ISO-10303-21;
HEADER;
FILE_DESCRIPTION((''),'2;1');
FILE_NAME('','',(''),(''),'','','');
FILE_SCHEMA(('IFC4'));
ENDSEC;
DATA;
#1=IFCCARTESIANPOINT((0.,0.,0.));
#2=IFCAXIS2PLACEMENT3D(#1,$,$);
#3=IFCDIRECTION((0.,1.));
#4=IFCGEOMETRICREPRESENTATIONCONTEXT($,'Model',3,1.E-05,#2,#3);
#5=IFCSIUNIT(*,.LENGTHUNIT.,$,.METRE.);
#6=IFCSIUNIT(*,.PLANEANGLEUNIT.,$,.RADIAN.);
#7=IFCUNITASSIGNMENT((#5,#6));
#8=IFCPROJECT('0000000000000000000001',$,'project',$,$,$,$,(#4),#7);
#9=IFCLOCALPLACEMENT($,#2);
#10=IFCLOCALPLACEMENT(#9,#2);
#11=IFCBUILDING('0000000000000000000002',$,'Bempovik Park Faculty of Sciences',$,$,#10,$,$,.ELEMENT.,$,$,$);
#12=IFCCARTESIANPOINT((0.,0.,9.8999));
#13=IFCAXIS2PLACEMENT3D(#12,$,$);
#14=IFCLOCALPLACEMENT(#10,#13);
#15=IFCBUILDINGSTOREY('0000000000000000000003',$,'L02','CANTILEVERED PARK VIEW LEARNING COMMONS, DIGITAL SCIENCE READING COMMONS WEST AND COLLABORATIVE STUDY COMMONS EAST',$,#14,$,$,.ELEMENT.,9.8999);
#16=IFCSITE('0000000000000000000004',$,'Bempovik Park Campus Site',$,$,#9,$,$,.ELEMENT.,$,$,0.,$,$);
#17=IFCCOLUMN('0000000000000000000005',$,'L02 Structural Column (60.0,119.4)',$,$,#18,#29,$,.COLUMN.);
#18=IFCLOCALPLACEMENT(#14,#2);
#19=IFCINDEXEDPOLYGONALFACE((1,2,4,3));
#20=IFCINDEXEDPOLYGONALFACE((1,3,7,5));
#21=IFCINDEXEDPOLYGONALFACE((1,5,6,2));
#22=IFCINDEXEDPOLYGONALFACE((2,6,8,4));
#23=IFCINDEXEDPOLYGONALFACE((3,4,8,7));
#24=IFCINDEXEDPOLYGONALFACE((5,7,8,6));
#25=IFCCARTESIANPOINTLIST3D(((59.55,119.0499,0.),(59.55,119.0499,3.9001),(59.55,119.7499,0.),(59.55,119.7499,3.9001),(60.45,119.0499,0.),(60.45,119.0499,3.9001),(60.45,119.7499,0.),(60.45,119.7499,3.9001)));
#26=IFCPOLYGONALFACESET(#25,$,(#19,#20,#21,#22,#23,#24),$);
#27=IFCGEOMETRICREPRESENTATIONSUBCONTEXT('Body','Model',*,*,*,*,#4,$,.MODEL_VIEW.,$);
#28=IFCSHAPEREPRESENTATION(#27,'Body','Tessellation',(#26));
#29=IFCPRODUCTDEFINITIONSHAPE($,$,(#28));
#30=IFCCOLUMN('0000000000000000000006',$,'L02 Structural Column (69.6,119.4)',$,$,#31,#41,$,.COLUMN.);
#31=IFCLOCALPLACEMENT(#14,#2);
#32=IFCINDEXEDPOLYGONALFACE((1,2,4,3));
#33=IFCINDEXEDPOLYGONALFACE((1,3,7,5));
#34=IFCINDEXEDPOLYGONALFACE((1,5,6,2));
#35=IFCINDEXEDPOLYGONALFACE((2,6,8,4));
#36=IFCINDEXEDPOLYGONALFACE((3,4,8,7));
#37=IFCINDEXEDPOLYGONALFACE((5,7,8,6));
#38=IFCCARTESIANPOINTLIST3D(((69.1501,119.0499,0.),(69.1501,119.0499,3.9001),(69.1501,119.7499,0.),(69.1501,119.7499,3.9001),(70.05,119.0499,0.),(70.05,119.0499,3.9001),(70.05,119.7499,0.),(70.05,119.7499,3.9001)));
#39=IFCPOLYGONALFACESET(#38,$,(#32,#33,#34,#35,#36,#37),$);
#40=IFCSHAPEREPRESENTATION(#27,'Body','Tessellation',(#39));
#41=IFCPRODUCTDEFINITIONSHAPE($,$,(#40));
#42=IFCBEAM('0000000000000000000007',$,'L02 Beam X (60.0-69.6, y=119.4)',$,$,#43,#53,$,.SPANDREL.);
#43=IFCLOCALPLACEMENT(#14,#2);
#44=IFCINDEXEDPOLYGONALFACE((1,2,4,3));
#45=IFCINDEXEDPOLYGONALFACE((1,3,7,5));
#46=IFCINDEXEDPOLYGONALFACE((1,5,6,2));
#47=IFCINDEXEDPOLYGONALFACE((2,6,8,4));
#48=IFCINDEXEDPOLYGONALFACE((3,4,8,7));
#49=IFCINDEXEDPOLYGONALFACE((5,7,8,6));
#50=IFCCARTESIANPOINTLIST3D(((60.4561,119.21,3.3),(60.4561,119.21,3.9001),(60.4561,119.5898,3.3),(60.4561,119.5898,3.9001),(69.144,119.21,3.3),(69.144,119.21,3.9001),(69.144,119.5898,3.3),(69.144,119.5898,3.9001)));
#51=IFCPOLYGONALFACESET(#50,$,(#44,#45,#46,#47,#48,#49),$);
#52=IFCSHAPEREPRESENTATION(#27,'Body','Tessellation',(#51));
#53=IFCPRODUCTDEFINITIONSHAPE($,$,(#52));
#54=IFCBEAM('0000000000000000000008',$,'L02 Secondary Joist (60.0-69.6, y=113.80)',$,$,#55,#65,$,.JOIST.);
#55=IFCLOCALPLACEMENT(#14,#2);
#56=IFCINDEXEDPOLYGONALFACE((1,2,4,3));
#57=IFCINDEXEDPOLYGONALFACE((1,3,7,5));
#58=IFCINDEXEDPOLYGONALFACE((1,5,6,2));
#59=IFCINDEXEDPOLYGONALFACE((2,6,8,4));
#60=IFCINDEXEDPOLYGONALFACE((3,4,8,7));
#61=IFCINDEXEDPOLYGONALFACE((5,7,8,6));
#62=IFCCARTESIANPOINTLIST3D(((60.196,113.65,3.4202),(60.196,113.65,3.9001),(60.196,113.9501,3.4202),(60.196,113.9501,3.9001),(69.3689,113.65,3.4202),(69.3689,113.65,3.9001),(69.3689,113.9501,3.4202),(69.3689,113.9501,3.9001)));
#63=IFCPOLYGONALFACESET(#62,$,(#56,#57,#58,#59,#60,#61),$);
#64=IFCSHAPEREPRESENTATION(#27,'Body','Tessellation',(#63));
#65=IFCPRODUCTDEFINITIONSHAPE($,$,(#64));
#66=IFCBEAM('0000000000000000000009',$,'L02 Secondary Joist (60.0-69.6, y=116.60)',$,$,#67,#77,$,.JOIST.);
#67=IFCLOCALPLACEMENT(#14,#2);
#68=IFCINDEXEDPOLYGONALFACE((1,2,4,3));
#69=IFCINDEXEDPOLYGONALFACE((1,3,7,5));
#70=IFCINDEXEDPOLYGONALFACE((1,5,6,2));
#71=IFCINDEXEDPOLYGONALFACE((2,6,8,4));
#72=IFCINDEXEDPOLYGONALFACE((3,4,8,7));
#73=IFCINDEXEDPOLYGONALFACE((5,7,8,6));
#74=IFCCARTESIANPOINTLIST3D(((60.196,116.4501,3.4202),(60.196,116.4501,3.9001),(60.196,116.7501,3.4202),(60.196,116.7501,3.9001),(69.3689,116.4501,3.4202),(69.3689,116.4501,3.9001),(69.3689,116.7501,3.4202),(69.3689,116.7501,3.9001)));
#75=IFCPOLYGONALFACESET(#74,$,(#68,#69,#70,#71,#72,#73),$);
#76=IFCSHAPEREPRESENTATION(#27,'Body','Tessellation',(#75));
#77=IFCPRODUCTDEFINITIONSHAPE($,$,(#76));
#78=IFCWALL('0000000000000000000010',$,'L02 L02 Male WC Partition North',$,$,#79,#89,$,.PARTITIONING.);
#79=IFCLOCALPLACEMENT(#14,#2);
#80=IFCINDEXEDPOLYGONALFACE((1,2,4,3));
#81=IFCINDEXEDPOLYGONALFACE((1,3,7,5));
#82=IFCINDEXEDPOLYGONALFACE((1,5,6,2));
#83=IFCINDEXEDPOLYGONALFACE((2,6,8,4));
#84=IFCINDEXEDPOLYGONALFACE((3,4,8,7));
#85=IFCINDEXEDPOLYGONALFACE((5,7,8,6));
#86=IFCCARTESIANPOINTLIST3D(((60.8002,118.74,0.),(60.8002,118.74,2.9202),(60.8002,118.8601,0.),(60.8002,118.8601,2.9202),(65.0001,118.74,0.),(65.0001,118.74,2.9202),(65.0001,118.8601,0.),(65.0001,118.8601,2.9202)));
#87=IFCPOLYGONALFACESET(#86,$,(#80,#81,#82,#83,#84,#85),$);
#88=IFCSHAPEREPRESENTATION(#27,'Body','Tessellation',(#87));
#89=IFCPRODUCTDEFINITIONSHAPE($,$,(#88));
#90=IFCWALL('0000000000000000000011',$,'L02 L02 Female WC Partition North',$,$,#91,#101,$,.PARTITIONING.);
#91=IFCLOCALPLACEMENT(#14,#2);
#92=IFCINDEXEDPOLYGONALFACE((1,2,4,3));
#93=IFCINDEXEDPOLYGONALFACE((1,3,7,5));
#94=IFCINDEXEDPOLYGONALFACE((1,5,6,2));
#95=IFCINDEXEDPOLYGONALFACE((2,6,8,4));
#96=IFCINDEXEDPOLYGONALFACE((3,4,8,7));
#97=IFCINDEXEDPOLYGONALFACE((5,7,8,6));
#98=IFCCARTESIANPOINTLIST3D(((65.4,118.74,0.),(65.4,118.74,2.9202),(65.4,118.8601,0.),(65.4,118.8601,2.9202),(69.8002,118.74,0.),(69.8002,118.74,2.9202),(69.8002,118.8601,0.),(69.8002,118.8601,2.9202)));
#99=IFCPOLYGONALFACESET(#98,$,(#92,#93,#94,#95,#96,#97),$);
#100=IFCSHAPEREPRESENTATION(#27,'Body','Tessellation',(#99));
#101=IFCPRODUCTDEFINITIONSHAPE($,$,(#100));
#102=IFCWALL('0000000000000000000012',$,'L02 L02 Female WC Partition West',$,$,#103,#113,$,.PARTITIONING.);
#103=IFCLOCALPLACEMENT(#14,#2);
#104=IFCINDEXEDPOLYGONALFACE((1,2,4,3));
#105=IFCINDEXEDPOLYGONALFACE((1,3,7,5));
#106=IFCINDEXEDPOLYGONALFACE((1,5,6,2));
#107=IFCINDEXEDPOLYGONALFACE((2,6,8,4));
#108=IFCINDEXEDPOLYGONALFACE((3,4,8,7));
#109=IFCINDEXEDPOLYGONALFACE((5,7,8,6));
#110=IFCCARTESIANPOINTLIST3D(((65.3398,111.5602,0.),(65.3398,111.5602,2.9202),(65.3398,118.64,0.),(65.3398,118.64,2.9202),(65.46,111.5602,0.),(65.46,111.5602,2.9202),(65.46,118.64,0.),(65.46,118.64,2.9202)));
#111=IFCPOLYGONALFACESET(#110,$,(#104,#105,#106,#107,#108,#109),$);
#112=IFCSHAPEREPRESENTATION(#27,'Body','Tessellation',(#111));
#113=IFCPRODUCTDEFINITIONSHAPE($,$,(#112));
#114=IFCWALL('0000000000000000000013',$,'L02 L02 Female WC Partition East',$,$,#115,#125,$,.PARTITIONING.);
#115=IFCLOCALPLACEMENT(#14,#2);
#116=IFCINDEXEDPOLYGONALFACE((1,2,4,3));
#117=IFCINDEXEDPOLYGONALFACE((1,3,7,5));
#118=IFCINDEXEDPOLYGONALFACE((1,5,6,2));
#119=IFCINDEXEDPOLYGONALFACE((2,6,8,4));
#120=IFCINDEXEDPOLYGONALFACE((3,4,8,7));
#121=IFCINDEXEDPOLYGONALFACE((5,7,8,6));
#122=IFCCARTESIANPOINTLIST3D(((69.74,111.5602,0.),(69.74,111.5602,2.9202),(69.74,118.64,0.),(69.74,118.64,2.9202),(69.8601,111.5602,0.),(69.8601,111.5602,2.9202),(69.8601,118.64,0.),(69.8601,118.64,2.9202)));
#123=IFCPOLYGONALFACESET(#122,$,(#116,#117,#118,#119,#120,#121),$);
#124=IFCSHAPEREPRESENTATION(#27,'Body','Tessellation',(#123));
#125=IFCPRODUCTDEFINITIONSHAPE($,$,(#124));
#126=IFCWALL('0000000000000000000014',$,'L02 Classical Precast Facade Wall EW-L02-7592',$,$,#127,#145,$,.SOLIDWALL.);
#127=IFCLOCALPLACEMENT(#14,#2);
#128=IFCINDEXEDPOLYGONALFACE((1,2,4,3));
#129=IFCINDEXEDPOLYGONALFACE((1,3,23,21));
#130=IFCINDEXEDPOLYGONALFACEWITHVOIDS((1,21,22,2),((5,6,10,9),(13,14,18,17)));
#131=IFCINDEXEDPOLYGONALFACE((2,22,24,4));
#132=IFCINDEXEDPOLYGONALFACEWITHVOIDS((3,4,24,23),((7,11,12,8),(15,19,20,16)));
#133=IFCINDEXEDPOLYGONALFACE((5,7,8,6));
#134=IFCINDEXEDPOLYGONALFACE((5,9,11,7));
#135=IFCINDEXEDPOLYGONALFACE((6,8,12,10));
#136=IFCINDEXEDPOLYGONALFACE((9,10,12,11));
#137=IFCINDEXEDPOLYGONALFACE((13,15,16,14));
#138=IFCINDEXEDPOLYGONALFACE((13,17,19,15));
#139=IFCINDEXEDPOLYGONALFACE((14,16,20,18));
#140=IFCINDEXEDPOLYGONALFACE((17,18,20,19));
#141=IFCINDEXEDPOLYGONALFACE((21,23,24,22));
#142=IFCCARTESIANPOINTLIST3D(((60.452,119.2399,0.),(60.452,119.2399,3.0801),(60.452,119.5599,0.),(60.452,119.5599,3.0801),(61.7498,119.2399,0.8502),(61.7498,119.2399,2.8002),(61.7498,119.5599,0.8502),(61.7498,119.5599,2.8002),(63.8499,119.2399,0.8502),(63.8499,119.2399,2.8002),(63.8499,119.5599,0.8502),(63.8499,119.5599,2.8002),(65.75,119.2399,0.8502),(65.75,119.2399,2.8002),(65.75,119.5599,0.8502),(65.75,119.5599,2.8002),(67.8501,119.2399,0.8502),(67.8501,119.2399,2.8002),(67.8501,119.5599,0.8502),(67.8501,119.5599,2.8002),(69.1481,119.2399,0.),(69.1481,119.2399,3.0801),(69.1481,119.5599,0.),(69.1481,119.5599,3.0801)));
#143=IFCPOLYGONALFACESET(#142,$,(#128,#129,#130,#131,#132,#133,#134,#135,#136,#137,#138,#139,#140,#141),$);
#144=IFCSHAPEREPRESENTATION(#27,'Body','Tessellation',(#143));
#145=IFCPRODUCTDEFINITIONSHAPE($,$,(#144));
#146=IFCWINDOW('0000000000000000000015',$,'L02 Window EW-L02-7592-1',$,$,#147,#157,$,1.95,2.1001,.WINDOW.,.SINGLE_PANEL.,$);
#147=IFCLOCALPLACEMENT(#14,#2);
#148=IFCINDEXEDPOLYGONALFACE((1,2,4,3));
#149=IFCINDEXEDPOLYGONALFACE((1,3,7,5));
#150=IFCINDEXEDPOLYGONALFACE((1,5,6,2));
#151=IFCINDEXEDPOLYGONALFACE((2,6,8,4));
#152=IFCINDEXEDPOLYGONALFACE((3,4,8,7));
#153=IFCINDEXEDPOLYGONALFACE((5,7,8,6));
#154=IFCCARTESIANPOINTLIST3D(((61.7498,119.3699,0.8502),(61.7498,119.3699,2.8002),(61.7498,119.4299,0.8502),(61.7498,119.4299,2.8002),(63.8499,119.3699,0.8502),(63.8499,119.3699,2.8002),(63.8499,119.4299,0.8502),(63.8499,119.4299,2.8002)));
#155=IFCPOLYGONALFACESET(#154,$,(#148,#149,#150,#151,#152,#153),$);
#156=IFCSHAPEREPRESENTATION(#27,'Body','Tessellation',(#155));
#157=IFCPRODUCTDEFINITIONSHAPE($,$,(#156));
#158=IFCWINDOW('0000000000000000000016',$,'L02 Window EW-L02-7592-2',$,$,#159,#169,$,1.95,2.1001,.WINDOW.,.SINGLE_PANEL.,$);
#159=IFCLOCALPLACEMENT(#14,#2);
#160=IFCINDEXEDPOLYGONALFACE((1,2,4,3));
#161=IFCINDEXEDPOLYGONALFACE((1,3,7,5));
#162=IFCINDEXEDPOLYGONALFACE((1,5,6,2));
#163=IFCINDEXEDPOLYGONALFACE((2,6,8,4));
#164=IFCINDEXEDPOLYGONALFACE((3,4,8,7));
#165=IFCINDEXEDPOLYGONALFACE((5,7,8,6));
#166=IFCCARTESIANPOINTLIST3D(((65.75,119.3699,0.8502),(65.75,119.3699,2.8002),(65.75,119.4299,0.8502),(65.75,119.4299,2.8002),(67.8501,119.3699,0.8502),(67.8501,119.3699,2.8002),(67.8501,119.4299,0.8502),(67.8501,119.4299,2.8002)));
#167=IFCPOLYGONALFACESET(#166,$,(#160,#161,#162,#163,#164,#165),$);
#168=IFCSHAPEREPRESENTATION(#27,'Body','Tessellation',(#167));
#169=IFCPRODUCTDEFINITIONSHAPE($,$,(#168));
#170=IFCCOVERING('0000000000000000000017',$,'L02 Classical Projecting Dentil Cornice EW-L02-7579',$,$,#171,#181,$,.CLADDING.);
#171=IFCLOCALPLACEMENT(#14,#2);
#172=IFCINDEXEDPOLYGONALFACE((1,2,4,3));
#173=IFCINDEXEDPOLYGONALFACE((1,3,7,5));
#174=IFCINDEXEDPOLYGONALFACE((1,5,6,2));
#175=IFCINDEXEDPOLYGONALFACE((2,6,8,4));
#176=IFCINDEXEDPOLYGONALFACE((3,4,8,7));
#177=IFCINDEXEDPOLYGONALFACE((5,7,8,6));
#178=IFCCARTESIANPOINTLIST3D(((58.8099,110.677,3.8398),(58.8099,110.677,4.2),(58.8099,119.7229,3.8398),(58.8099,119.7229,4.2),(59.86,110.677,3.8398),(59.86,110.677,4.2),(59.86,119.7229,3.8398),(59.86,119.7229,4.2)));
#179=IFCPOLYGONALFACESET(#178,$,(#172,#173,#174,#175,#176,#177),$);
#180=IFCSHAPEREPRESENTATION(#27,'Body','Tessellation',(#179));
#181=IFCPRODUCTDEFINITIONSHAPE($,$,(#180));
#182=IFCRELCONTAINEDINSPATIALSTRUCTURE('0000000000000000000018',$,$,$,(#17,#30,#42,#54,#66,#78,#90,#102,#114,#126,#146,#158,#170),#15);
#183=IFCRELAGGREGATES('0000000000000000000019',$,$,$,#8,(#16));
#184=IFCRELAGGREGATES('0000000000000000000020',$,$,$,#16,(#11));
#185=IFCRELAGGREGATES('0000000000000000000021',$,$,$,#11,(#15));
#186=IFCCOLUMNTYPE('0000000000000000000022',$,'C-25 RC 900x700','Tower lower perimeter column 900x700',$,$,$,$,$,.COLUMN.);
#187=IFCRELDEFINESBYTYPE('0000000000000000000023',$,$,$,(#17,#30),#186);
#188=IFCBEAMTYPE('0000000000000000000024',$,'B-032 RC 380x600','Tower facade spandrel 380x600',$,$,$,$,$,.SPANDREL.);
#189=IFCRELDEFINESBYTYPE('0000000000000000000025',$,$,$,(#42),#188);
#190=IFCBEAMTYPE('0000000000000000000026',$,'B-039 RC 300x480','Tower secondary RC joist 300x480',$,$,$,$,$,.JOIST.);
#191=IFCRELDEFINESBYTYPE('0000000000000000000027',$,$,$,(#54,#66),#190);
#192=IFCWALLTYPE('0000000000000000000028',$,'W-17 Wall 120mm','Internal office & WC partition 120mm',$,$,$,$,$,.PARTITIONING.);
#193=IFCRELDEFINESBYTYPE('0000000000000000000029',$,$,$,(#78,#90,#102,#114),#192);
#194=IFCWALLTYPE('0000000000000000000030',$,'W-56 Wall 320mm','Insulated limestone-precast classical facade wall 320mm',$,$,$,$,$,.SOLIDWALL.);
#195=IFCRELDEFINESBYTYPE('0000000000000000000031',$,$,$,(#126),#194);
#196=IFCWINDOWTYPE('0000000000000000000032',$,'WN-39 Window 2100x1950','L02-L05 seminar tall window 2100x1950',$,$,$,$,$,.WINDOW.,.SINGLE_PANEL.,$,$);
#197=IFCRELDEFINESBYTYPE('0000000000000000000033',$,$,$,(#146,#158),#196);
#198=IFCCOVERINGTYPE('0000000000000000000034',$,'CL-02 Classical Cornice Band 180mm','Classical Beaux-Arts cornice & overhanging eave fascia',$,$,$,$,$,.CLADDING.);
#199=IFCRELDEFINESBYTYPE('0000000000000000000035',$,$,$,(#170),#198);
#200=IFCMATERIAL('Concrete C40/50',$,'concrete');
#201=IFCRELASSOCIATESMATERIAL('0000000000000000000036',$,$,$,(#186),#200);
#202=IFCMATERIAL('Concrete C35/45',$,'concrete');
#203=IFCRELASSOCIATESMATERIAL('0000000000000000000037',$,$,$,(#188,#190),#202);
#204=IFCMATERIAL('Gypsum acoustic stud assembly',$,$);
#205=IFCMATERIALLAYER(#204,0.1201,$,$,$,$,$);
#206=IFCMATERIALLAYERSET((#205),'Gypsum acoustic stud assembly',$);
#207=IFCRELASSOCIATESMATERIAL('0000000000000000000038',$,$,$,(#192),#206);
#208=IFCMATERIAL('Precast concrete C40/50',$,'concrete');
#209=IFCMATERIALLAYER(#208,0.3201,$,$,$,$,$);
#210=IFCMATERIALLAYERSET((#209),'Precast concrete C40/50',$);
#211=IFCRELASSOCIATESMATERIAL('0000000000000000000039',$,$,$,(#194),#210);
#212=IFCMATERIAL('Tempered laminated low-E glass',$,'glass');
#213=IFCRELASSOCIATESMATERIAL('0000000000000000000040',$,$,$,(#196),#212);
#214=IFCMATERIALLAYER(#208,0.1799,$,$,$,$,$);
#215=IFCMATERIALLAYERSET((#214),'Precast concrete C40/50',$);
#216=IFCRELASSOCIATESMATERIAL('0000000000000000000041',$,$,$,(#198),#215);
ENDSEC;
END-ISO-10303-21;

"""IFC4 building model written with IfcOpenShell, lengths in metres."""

from ifc_helpers import new_model, si_unit, direction, frame, frame_2d, origin, origin_2d, place, context, subcontext, project, spatial, rectangle, extrude, material, layer, layer_set, material_profile, profile_set, type_object, element, fill, save


model = new_model("IFC4")

# Units and contexts
model_context = context("Model", 3, precision=1e-05, world=origin(), true_north=direction((0.0, 1.0)))
body_context = subcontext(model_context, "Body", "Model", "MODEL_VIEW")
ifc_project = project(units=[si_unit("LENGTHUNIT", "METRE"), si_unit("PLANEANGLEUNIT", "RADIAN")], contexts=[model_context])

# Site, building, storey
site_placement = place(None, origin())
site = spatial("IfcSite", under=ifc_project, at=site_placement, Name="Bempovik Park Campus Site", CompositionType="ELEMENT", RefElevation=0.0)
building_placement = place(site_placement, origin())
building = spatial("IfcBuilding", under=site, at=building_placement, Name="Bempovik Park Faculty of Sciences", CompositionType="ELEMENT")
storey_placement = place(building_placement, frame((0.0, 0.0, 9.8999)))
storey = spatial("IfcBuildingStorey", under=building, at=storey_placement, Name="L02", Description="CANTILEVERED PARK VIEW LEARNING COMMONS, DIGITAL SCIENCE READING COMMONS WEST AND COLLABORATIVE STUDY COMMONS EAST", CompositionType="ELEMENT", Elevation=9.8999)

# Columns
ifc_material_1 = material(Name="Concrete C40/50", Category="concrete")
ifc_material_profile_1 = material_profile(ifc_material_1, rectangle(XDim=0.8999, YDim=0.7, at=origin_2d()), Name="RC 900x700")
ifc_profile_set_1 = profile_set([ifc_material_profile_1], Name="Concrete C40/50")
column_type = type_object("IfcColumnType", Name="C-25 RC 900x700", Description="Tower lower perimeter column 900x700", PredefinedType="COLUMN", material=ifc_profile_set_1)
for number, where, z_axis, x_axis, name in (
    (1, (60.0, 119.3999, 0.0), (0.0, 0.0, 1.0), (1.0, 0.0, 0.0), "L02 Structural Column (60.0,119.4)"),
    (2, (69.6001, 119.3999, 0.0), (0.0, 0.0, 1.0), (1.0, 0.0, 0.0), "L02 Structural Column (69.6,119.4)"),
):
    element("IfcColumn", number, at=place(storey_placement, frame(where, z_axis=z_axis, x_axis=x_axis)), inside=storey, type_object=column_type, Name=name, PredefinedType="COLUMN", context=body_context, shape_type="SweptSolid", body=[
        extrude(rectangle(XDim=0.8999, YDim=0.7, at=origin_2d()), origin(), (0.0, 0.0, 1.0), 3.9001),
    ])

# Beams
ifc_material_2 = material(Name="Concrete C35/45", Category="concrete")
ifc_material_profile_2 = material_profile(ifc_material_2, rectangle(XDim=0.3799, YDim=0.6001, at=origin_2d()), Name="RC 380x600")
ifc_profile_set_2 = profile_set([ifc_material_profile_2], Name="Concrete C35/45")
beam_type_1 = type_object("IfcBeamType", Name="B-032 RC 380x600", Description="Tower facade spandrel 380x600", PredefinedType="SPANDREL", material=ifc_profile_set_2)
beam_placement = place(storey_placement, frame((60.4561, 119.3999, 3.6001), z_axis=(1.0, 0.0, 0.0), x_axis=(0.0, 1.0, 0.0)))
element("IfcBeam", 3, at=beam_placement, inside=storey, type_object=beam_type_1, Name="L02 Beam X (60.0-69.6, y=119.4)", PredefinedType="SPANDREL", context=body_context, shape_type="SweptSolid", body=[
    extrude(rectangle(XDim=0.3799, YDim=0.6001, at=origin_2d()), origin(), (0.0, 0.0, 1.0), 8.688),
])
ifc_material_profile_3 = material_profile(ifc_material_2, rectangle(XDim=0.3, YDim=0.48, at=origin_2d()), Name="RC 300x480")
ifc_profile_set_3 = profile_set([ifc_material_profile_3], Name="Concrete C35/45")
beam_type_2 = type_object("IfcBeamType", Name="B-039 RC 300x480", Description="Tower secondary RC joist 300x480", PredefinedType="JOIST", material=ifc_profile_set_3)
for number, where, z_axis, x_axis, name in (
    (4, (60.196, 113.8, 3.6602), (1.0, 0.0, 0.0), (0.0, 1.0, 0.0), "L02 Secondary Joist (60.0-69.6, y=113.80)"),
    (5, (60.196, 116.6001, 3.6602), (1.0, 0.0, 0.0), (0.0, 1.0, 0.0), "L02 Secondary Joist (60.0-69.6, y=116.60)"),
):
    element("IfcBeam", number, at=place(storey_placement, frame(where, z_axis=z_axis, x_axis=x_axis)), inside=storey, type_object=beam_type_2, Name=name, PredefinedType="JOIST", context=body_context, shape_type="SweptSolid", body=[
        extrude(rectangle(XDim=0.3, YDim=0.48, at=origin_2d()), origin(), (0.0, 0.0, 1.0), 9.1729),
    ])

# Walls
ifc_material_3 = material(Name="Gypsum acoustic stud assembly")
ifc_layer_1 = layer(ifc_material_3, 0.1201)
ifc_layer_set_1 = layer_set([ifc_layer_1], Name="Gypsum acoustic stud assembly")
wall_type_1 = type_object("IfcWallType", Name="W-17 Wall 120mm", Description="Internal office & WC partition 120mm", PredefinedType="PARTITIONING", material=ifc_layer_set_1)
wall_1_placement = place(storey_placement, frame((60.8, 118.8, 0.0), z_axis=(0.0, 0.0, 1.0), x_axis=(1.0, 0.0, 0.0)))
element("IfcWall", 6, at=wall_1_placement, inside=storey, type_object=wall_type_1, Name="L02 L02 Male WC Partition North", PredefinedType="PARTITIONING", context=body_context, shape_type="SweptSolid", body=[
    extrude(rectangle(XDim=4.2, YDim=0.1201, at=frame_2d((2.1001, 0.0))), origin(), (0.0, 0.0, 1.0), 2.9202),
])
wall_2_placement = place(storey_placement, frame((65.3999, 118.8, 0.0), z_axis=(0.0, 0.0, 1.0), x_axis=(1.0, 0.0, 0.0)))
element("IfcWall", 7, at=wall_2_placement, inside=storey, type_object=wall_type_1, Name="L02 L02 Female WC Partition North", PredefinedType="PARTITIONING", context=body_context, shape_type="SweptSolid", body=[
    extrude(rectangle(XDim=4.4001, YDim=0.1201, at=frame_2d((2.2002, 0.0))), origin(), (0.0, 0.0, 1.0), 2.9202),
])
for number, where, z_axis, x_axis, name in (
    (8, (65.3999, 111.5601, 0.0), (0.0, 0.0, 1.0), (0.0, 1.0, 0.0), "L02 L02 Female WC Partition West"),
    (9, (69.8, 111.5601, 0.0), (0.0, 0.0, 1.0), (0.0, 1.0, 0.0), "L02 L02 Female WC Partition East"),
):
    element("IfcWall", number, at=place(storey_placement, frame(where, z_axis=z_axis, x_axis=x_axis)), inside=storey, type_object=wall_type_1, Name=name, PredefinedType="PARTITIONING", context=body_context, shape_type="SweptSolid", body=[
        extrude(rectangle(XDim=7.0798, YDim=0.1201, at=frame_2d((3.54, 0.0))), origin(), (0.0, 0.0, 1.0), 2.9202),
    ])

# Wall, openings, windows
ifc_material_4 = material(Name="Precast concrete C40/50", Category="concrete")
ifc_layer_2 = layer(ifc_material_4, 0.3201)
ifc_layer_set_2 = layer_set([ifc_layer_2], Name="Precast concrete C40/50")
wall_type_2 = type_object("IfcWallType", Name="W-56 Wall 320mm", Description="Insulated limestone-precast classical facade wall 320mm", PredefinedType="SOLIDWALL", material=ifc_layer_set_2)
wall_3_placement = place(storey_placement, frame((60.4519, 119.3999, 0.0), z_axis=(0.0, 0.0, 1.0), x_axis=(1.0, 0.0, 0.0)))
wall_3 = element("IfcWall", 10, at=wall_3_placement, inside=storey, type_object=wall_type_2, Name="L02 Classical Precast Facade Wall EW-L02-7592", PredefinedType="SOLIDWALL", context=body_context, shape_type="SweptSolid", body=[
    extrude(rectangle(XDim=8.696, YDim=0.3201, at=frame_2d((4.3481, 0.0))), origin(), (0.0, 0.0, 1.0), 3.0801),
])
opening_1_placement = place(wall_3_placement, frame((1.2979, 0.0, 0.8501)))
opening_1 = element("IfcOpeningElement", 11, at=opening_1_placement, cuts=wall_3, PredefinedType="OPENING", context=body_context, shape_type="SweptSolid", body=[
    extrude(rectangle(XDim=2.1001, YDim=1.95, at=frame_2d((1.05, 0.9751))), frame((0.0, 0.1699, 0.0), z_axis=(0.0, -1.0, 0.0), x_axis=(1.0, 0.0, 0.0)), (0.0, 0.0, 1.0), 0.3401),
])
opening_2_placement = place(wall_3_placement, frame((5.2981, 0.0, 0.8501)))
opening_2 = element("IfcOpeningElement", 12, at=opening_2_placement, cuts=wall_3, PredefinedType="OPENING", context=body_context, shape_type="SweptSolid", body=[
    extrude(rectangle(XDim=2.1001, YDim=1.95, at=frame_2d((1.05, 0.9751))), frame((0.0, 0.1699, 0.0), z_axis=(0.0, -1.0, 0.0), x_axis=(1.0, 0.0, 0.0)), (0.0, 0.0, 1.0), 0.3401),
])
ifc_material_5 = material(Name="Tempered laminated low-E glass", Category="glass")
window_type = type_object("IfcWindowType", Name="WN-39 Window 2100x1950", Description="L02-L05 seminar tall window 2100x1950", PartitioningType="SINGLE_PANEL", PredefinedType="WINDOW", material=ifc_material_5)
window_1_placement = place(opening_1_placement, origin())
window_1 = element("IfcWindow", 13, at=window_1_placement, inside=storey, type_object=window_type, Name="L02 Window EW-L02-7592-1", OverallHeight=1.95, OverallWidth=2.1001, PartitioningType="SINGLE_PANEL", PredefinedType="WINDOW", context=body_context, shape_type="SweptSolid", body=[
    extrude(rectangle(XDim=2.1001, YDim=1.95, at=frame_2d((1.05, 0.9751))), frame((0.0, 0.03, 0.0), z_axis=(0.0, -1.0, 0.0), x_axis=(1.0, 0.0, 0.0)), (0.0, 0.0, 1.0), 0.0601),
])
fill(opening_1, window_1)
window_2_placement = place(opening_2_placement, origin())
window_2 = element("IfcWindow", 14, at=window_2_placement, inside=storey, type_object=window_type, Name="L02 Window EW-L02-7592-2", OverallHeight=1.95, OverallWidth=2.1001, PartitioningType="SINGLE_PANEL", PredefinedType="WINDOW", context=body_context, shape_type="SweptSolid", body=[
    extrude(rectangle(XDim=2.1001, YDim=1.95, at=frame_2d((1.05, 0.9751))), frame((0.0, 0.03, 0.0), z_axis=(0.0, -1.0, 0.0), x_axis=(1.0, 0.0, 0.0)), (0.0, 0.0, 1.0), 0.0601),
])
fill(opening_2, window_2)

# Covering
ifc_layer_3 = layer(ifc_material_4, 0.1799)
ifc_layer_set_3 = layer_set([ifc_layer_3], Name="Precast concrete C40/50")
covering_type_1 = type_object("IfcCoveringType", Name="CL-02 Classical Cornice Band 180mm", Description="Classical Beaux-Arts cornice & overhanging eave fascia", PredefinedType="CLADDING", material=ifc_layer_set_3)
covering_1_placement = place(storey_placement, frame((59.335, 115.2, 3.8398), z_axis=(0.0, 0.0, 1.0), x_axis=(1.0, 0.0, 0.0)))
element("IfcCovering", 15, at=covering_1_placement, inside=storey, type_object=covering_type_1, Name="L02 Classical Projecting Dentil Cornice EW-L02-7579", PredefinedType="CLADDING", context=body_context, shape_type="SweptSolid", body=[
    extrude(rectangle(XDim=1.05, YDim=9.0459, at=origin_2d()), origin(), (0.0, 0.0, 1.0), 0.3601),
])

save(model, "model.ifc")
